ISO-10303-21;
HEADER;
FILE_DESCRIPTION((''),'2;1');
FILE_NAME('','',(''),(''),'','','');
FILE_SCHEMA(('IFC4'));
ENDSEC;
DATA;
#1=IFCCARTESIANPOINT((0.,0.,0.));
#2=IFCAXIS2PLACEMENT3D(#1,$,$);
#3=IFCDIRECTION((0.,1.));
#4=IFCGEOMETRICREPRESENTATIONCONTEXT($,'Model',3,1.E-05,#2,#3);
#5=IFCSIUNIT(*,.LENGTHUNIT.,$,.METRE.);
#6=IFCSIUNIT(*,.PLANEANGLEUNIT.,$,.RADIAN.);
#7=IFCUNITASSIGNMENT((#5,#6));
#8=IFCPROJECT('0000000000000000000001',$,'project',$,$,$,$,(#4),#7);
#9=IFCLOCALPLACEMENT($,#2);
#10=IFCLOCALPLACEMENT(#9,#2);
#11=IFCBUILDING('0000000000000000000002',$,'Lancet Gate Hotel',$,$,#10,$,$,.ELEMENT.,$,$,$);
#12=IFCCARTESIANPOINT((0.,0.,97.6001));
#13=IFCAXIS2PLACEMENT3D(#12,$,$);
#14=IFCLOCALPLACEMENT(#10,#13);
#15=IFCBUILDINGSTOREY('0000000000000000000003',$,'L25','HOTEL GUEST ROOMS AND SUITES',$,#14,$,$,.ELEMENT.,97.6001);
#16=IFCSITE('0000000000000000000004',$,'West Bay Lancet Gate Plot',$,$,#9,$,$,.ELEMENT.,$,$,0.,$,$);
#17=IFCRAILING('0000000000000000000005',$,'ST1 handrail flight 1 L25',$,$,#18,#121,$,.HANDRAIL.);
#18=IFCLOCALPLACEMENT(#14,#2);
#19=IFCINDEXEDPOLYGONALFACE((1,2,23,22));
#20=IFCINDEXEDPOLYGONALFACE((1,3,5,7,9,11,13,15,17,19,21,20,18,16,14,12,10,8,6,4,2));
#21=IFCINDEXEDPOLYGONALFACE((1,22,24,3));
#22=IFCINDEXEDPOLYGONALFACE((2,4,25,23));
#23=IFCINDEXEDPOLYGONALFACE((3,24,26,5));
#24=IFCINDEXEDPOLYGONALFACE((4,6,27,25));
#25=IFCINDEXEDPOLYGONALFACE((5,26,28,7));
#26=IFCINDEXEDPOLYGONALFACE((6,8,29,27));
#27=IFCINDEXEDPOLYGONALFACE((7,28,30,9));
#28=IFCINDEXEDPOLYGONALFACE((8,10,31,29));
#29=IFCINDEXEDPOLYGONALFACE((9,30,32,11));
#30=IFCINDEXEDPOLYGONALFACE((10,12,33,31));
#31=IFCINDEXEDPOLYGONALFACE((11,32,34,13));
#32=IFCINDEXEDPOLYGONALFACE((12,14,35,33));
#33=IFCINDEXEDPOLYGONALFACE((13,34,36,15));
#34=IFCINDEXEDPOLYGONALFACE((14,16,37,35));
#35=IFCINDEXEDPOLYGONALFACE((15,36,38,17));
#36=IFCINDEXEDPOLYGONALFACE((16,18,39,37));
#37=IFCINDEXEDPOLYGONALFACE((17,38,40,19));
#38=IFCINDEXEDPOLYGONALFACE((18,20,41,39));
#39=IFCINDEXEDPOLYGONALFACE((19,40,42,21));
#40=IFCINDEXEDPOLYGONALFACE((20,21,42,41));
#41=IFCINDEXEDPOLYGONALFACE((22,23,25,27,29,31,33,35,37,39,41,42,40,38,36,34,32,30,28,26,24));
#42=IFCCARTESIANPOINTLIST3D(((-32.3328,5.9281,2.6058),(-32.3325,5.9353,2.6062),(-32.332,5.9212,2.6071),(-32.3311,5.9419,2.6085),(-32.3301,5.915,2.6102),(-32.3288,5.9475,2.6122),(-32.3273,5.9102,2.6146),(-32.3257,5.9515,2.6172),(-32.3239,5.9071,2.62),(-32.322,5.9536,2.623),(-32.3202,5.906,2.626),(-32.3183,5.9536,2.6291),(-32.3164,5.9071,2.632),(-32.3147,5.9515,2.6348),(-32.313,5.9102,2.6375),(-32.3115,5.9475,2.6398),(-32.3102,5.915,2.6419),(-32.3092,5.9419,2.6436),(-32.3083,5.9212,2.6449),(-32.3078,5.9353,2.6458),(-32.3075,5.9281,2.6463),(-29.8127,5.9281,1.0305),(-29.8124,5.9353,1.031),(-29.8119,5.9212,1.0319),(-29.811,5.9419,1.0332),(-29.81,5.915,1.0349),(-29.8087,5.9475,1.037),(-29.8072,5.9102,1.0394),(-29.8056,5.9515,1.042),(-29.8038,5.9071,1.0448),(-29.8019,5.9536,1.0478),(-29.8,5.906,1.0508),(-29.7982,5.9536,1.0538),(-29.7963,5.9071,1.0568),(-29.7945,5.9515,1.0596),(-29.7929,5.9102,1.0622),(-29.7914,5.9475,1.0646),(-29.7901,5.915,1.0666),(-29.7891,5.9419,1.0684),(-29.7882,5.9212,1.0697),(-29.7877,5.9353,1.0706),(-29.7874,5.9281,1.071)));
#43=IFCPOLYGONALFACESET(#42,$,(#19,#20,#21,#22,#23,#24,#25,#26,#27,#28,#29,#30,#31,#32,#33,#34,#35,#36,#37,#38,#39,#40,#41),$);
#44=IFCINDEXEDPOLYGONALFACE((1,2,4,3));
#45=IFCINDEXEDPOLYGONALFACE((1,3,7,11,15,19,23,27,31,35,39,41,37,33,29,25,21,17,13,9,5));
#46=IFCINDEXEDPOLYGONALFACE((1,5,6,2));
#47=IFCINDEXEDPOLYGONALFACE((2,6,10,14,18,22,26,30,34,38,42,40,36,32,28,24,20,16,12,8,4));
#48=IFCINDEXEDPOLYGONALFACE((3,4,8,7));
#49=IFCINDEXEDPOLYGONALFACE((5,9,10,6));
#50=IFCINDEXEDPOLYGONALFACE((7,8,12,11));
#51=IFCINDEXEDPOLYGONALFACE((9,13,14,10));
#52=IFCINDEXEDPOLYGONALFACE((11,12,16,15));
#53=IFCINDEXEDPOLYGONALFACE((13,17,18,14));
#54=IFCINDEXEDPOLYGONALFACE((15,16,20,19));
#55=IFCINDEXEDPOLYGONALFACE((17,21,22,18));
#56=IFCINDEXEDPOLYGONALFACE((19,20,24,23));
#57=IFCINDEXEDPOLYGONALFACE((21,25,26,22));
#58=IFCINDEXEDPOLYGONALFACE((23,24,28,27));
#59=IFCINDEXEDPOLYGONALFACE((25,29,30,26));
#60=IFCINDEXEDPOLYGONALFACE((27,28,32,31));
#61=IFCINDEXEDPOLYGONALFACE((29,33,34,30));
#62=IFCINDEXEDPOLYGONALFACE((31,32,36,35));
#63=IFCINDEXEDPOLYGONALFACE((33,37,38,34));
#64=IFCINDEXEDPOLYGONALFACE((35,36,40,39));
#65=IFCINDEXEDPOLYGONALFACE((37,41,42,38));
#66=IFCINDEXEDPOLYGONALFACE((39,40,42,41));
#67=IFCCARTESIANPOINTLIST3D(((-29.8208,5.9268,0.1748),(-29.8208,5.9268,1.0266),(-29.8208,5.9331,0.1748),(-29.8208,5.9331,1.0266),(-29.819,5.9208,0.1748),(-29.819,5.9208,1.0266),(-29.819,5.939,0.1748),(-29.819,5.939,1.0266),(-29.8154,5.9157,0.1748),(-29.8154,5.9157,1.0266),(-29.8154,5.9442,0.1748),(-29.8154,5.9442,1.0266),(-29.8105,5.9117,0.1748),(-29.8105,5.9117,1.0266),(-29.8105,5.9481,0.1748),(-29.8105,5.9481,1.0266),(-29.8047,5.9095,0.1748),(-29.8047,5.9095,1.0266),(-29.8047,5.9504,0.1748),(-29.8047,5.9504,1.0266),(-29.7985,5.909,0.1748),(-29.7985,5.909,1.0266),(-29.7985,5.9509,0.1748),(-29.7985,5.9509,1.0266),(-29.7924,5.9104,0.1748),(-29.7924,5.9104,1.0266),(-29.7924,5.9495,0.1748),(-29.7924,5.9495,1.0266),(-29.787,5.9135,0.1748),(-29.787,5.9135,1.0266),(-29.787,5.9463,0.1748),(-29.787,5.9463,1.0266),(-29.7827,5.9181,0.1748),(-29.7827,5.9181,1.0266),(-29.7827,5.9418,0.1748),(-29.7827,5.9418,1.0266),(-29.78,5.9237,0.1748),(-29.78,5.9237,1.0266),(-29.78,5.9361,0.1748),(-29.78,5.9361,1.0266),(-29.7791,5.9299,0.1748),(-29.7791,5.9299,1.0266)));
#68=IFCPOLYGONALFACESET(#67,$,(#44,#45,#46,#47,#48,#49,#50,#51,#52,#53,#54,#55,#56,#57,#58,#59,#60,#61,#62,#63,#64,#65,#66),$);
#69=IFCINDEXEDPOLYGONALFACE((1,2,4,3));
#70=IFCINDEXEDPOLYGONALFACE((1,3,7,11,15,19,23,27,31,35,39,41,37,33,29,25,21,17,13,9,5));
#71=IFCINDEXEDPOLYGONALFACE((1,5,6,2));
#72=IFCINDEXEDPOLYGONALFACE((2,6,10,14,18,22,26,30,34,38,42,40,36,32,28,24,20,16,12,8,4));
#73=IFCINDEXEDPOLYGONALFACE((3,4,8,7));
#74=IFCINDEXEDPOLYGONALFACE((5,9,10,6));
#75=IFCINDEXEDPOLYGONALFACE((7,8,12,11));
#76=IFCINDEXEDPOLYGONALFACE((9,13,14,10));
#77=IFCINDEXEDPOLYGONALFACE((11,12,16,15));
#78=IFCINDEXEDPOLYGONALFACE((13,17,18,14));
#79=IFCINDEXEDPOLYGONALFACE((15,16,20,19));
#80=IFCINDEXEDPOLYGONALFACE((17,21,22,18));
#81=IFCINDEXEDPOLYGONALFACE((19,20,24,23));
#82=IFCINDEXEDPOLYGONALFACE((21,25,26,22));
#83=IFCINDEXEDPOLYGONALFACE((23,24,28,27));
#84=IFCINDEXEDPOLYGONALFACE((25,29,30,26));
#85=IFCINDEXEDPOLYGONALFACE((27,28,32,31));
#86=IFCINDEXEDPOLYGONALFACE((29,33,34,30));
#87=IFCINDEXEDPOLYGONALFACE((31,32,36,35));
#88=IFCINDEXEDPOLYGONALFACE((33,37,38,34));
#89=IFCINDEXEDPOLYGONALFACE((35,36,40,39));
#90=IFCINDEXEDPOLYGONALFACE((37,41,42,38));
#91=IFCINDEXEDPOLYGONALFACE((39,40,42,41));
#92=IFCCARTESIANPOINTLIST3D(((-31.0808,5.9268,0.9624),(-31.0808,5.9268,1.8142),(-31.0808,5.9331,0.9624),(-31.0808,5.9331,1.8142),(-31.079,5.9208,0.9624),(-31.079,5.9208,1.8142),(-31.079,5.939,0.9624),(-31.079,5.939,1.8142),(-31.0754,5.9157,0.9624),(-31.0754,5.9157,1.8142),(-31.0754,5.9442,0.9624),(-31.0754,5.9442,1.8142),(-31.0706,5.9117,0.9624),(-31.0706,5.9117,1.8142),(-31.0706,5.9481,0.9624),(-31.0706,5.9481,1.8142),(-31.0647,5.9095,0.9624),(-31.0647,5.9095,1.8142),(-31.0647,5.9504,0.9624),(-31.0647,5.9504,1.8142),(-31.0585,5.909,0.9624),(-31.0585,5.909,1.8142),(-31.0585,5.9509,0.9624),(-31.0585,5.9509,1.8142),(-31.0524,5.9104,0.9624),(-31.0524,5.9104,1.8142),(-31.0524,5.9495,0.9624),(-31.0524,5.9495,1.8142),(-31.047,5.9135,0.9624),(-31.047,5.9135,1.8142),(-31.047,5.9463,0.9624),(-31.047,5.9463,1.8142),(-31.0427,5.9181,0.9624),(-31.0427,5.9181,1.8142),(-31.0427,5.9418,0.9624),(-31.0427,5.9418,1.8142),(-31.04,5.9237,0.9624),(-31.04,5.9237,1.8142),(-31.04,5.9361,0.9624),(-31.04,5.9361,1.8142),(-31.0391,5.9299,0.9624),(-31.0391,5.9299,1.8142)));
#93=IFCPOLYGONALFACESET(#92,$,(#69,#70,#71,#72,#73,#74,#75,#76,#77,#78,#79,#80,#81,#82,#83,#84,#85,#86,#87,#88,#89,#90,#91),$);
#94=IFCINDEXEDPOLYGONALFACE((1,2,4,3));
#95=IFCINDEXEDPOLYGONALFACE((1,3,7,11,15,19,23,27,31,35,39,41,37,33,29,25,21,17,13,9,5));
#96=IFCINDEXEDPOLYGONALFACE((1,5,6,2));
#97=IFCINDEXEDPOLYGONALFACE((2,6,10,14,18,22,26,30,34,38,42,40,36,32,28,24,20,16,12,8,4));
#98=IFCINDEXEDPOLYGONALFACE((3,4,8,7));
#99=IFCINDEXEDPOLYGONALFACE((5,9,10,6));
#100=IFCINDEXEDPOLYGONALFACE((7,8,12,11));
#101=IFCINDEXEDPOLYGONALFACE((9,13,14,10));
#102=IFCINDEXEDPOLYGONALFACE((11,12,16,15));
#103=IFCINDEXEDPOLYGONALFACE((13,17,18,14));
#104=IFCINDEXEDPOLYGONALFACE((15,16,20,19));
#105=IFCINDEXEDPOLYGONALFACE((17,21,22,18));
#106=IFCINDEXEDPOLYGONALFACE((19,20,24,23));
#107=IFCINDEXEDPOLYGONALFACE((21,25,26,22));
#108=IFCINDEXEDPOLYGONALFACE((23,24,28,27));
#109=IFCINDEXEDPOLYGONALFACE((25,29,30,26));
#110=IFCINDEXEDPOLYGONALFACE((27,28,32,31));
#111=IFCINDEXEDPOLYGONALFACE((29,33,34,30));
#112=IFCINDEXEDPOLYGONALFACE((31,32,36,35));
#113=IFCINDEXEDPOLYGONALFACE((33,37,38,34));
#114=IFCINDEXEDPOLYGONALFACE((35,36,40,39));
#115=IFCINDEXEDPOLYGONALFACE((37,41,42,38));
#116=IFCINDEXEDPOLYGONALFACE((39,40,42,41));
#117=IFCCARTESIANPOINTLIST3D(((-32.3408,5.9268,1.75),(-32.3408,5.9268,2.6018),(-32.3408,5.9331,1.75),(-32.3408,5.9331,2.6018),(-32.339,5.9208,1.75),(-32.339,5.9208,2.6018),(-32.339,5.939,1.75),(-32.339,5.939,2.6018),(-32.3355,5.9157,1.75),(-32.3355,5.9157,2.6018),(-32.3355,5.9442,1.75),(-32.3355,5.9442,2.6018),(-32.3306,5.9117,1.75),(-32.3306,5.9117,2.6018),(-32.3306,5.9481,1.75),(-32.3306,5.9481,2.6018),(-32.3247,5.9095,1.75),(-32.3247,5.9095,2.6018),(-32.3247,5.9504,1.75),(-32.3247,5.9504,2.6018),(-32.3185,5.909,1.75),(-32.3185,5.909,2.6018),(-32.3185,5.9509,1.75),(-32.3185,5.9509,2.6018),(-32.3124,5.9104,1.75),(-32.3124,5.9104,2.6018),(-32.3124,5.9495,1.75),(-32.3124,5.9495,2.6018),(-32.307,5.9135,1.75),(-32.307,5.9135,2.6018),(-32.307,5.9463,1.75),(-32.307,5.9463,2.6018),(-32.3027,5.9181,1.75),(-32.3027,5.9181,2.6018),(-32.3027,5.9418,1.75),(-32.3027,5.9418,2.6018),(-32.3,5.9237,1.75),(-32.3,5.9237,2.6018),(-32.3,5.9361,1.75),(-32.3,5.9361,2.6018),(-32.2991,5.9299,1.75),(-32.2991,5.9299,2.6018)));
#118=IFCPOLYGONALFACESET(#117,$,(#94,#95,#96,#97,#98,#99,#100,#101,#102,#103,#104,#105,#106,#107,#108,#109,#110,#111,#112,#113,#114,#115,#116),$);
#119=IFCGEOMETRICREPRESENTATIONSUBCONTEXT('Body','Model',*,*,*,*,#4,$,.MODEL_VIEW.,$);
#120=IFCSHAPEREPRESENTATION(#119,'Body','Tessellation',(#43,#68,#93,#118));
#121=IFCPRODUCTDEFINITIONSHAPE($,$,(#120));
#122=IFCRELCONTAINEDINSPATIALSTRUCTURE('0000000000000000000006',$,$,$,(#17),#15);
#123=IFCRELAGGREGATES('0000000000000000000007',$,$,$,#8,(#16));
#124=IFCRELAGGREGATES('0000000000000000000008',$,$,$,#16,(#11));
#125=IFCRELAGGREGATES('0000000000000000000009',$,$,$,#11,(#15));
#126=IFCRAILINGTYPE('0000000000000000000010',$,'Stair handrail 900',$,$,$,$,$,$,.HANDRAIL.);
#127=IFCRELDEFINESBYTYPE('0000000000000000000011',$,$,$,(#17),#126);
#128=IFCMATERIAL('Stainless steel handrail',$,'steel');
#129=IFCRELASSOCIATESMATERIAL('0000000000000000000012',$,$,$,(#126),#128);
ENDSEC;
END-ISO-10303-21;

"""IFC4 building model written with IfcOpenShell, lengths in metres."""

from ifc_helpers import new_model, si_unit, direction, frame, origin, origin_2d, place, context, subcontext, project, spatial, circle, extrude, material, type_object, element, save


model = new_model("IFC4")

# Units and contexts
model_context = context("Model", 3, precision=1e-05, world=origin(), true_north=direction((0.0, 1.0)))
body_context = subcontext(model_context, "Body", "Model", "MODEL_VIEW")
ifc_project = project(units=[si_unit("LENGTHUNIT", "METRE"), si_unit("PLANEANGLEUNIT", "RADIAN")], contexts=[model_context])

# Site, building, storey
site_placement = place(None, origin())
site = spatial("IfcSite", under=ifc_project, at=site_placement, Name="West Bay Lancet Gate Plot", CompositionType="ELEMENT", RefElevation=0.0)
building_placement = place(site_placement, origin())
building = spatial("IfcBuilding", under=site, at=building_placement, Name="Lancet Gate Hotel", CompositionType="ELEMENT")
storey_placement = place(building_placement, frame((0.0, 0.0, 97.6001)))
storey = spatial("IfcBuildingStorey", under=building, at=storey_placement, Name="L25", Description="HOTEL GUEST ROOMS AND SUITES", CompositionType="ELEMENT", Elevation=97.6001)

# Railing
ifc_material_1 = material(Name="Stainless steel handrail", Category="steel")
railing_type = type_object("IfcRailingType", Name="Stair handrail 900", PredefinedType="HANDRAIL", material=ifc_material_1)
railing_1_placement = place(storey_placement, frame((-29.8, 5.9299, 0.1748)))
element("IfcRailing", 1, at=railing_1_placement, inside=storey, type_object=railing_type, Name="ST1 handrail flight 1 L25", PredefinedType="HANDRAIL", context=body_context, shape_type="SweptSolid", body=[
    extrude(circle(Radius=0.0239, at=origin_2d()), frame((0.0, 0.0, 0.876), z_axis=(-0.847971, 0.0, 0.530043), x_axis=(0.0, -1.0, 0.0)), (0.0, 0.0, 1.0), 2.9719),
    extrude(circle(Radius=0.021, at=origin_2d()), origin(), (0.0, 0.0, 1.0), 0.8518),
    extrude(circle(Radius=0.021, at=origin_2d()), frame((-1.26, 0.0, 0.7876)), (0.0, 0.0, 1.0), 0.8518),
    extrude(circle(Radius=0.021, at=origin_2d()), frame((-2.52, 0.0, 1.5752)), (0.0, 0.0, 1.0), 0.8518),
])

save(model, "model.ifc")
